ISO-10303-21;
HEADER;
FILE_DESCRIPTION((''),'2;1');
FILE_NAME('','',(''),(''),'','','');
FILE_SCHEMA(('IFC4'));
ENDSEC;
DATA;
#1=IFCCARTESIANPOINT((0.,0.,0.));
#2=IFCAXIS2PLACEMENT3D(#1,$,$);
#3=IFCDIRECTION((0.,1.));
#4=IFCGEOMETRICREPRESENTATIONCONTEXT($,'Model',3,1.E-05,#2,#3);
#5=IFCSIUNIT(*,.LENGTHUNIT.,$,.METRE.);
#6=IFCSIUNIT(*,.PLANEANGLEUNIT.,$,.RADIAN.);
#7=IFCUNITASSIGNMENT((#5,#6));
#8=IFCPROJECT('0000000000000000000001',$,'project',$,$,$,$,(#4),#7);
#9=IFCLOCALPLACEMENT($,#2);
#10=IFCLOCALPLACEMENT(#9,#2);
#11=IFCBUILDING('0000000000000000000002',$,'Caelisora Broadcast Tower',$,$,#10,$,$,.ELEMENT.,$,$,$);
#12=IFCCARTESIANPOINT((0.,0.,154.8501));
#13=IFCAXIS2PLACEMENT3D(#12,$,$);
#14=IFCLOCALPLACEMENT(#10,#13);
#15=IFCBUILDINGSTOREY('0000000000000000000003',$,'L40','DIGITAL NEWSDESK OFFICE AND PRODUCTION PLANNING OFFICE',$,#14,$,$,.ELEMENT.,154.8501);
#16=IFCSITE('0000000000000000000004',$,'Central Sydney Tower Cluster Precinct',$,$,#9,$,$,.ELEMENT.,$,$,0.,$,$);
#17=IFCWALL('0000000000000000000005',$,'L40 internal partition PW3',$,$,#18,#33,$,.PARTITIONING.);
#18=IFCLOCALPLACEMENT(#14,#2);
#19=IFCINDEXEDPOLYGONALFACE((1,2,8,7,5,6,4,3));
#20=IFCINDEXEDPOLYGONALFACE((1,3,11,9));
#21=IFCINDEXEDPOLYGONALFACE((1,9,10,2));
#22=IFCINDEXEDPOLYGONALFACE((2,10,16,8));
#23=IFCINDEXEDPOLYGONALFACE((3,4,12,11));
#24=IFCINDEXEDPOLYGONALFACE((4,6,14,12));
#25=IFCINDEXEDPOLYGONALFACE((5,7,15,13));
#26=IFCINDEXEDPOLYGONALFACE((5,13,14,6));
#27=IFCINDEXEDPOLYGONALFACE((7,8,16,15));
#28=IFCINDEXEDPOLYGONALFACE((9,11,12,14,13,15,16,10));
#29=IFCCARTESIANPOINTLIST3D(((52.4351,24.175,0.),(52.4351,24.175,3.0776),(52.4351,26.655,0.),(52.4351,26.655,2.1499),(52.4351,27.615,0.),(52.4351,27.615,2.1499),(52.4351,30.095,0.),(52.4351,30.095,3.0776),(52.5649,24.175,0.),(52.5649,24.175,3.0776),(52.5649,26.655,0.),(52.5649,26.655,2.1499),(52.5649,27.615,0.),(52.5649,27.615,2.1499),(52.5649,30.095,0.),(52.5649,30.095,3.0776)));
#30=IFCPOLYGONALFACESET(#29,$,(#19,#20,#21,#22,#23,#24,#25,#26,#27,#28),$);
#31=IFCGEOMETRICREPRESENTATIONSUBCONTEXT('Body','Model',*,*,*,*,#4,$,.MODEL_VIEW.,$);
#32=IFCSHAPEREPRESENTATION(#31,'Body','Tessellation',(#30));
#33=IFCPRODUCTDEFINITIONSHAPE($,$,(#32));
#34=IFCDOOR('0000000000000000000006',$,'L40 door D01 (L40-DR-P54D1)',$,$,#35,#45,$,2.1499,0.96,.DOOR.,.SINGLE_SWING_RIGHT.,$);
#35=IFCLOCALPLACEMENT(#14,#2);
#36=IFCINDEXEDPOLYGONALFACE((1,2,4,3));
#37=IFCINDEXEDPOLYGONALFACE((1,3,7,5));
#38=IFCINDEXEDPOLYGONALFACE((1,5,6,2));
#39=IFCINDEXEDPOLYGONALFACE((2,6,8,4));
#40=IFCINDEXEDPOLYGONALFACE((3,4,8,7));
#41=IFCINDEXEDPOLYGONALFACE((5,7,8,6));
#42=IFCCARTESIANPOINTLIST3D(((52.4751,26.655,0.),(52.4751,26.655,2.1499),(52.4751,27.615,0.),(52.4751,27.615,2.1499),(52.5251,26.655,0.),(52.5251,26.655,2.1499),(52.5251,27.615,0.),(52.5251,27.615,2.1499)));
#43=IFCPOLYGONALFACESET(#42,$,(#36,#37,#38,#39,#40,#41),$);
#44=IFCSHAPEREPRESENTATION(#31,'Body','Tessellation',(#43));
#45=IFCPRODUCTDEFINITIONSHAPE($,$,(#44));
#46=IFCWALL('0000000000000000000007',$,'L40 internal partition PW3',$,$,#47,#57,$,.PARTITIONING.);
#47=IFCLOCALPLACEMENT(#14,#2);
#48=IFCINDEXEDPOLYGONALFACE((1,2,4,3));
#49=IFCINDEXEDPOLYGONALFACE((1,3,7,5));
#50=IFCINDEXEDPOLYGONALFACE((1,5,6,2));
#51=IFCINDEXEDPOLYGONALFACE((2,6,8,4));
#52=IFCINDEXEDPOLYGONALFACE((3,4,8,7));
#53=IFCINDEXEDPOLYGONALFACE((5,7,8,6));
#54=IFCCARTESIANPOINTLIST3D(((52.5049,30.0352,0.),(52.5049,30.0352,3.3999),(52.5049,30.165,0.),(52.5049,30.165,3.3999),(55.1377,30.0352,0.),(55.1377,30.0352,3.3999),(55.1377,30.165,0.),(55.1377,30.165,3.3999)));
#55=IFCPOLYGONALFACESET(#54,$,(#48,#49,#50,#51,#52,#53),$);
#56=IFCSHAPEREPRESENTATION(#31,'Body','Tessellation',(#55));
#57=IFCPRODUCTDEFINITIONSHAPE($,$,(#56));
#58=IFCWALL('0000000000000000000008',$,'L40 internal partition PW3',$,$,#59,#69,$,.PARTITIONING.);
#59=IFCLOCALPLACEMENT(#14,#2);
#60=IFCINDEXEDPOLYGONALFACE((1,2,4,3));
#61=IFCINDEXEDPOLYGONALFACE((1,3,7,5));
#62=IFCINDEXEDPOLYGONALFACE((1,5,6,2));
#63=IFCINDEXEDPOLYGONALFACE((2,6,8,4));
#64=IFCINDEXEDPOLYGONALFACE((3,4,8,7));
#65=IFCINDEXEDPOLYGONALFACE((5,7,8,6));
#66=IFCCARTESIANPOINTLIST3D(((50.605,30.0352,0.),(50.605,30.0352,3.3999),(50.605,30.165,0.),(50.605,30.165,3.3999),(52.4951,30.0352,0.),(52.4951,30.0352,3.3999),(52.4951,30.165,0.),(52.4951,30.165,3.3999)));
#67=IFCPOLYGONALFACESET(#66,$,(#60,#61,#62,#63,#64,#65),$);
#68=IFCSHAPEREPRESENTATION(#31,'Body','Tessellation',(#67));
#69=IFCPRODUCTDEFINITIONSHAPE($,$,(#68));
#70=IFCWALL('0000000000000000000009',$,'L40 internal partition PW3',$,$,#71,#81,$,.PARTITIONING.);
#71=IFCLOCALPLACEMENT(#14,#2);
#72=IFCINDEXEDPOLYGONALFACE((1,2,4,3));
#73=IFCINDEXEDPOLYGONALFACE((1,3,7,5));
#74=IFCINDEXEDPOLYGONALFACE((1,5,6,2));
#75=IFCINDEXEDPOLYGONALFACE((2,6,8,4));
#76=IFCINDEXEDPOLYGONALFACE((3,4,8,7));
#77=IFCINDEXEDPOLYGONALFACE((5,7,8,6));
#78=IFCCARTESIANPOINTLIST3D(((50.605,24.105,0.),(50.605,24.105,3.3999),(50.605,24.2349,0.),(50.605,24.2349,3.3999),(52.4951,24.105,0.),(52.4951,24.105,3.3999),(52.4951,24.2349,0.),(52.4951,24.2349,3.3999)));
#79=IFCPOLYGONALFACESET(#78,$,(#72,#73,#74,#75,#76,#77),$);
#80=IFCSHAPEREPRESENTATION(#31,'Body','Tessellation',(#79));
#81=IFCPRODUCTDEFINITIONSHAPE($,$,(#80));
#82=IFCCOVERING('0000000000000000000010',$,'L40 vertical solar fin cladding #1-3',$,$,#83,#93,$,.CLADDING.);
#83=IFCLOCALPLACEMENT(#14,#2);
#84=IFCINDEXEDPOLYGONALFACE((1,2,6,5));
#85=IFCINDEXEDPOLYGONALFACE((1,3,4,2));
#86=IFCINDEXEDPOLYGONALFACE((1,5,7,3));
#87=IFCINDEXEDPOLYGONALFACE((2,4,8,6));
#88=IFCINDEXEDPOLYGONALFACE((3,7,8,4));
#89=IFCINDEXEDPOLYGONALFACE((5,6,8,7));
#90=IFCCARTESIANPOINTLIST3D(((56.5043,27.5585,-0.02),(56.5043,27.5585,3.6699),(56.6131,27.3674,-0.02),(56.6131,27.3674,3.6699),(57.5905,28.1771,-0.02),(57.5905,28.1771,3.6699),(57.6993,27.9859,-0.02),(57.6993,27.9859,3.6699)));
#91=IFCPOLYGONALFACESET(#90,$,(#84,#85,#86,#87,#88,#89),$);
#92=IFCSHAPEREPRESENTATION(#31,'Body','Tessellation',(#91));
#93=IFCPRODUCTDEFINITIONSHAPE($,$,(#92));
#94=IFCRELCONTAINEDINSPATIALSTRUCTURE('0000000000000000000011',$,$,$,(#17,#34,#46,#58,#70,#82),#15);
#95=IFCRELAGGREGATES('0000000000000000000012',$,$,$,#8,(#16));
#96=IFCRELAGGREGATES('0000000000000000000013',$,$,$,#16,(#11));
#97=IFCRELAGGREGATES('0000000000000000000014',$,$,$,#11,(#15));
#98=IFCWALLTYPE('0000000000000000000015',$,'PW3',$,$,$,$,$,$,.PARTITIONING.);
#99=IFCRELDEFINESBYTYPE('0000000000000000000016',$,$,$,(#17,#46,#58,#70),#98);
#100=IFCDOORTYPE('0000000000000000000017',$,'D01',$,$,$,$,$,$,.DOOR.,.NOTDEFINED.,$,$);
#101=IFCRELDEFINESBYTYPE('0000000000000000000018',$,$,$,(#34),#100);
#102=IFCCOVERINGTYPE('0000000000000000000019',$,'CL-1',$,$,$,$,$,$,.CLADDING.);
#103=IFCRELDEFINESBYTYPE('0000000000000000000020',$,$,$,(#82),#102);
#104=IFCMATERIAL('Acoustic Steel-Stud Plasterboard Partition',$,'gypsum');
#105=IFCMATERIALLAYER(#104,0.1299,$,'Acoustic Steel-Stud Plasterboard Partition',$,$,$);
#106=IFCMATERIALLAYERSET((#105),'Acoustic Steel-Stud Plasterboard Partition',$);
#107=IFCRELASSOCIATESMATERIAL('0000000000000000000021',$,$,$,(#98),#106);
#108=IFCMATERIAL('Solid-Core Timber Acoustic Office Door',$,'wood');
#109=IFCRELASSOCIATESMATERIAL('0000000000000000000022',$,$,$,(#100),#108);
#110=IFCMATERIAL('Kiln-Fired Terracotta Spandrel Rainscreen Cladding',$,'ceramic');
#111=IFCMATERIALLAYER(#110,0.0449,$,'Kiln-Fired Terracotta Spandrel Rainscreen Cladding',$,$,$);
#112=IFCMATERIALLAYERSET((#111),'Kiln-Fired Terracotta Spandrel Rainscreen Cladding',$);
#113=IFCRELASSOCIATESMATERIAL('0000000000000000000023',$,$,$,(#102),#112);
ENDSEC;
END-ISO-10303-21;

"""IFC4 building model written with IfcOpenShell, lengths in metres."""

from ifc_helpers import new_model, si_unit, direction, frame, frame_2d, origin, origin_2d, place, context, subcontext, project, spatial, rectangle, extrude, source, transform, mapped, material, layer, layer_set, type_object, type_shapes, element, fill, save


model = new_model("IFC4")

# Units and contexts
model_context = context("Model", 3, precision=1e-05, world=origin(), true_north=direction((0.0, 1.0)))
body_context = subcontext(model_context, "Body", "Model", "MODEL_VIEW")
ifc_project = project(units=[si_unit("LENGTHUNIT", "METRE"), si_unit("PLANEANGLEUNIT", "RADIAN")], contexts=[model_context])

# Site, building, storey
site_placement = place(None, origin())
site = spatial("IfcSite", under=ifc_project, at=site_placement, Name="Central Sydney Tower Cluster Precinct", CompositionType="ELEMENT", RefElevation=0.0)
building_placement = place(site_placement, origin())
building = spatial("IfcBuilding", under=site, at=building_placement, Name="Caelisora Broadcast Tower", CompositionType="ELEMENT")
storey_placement = place(building_placement, frame((0.0, 0.0, 154.8501)))
storey = spatial("IfcBuildingStorey", under=building, at=storey_placement, Name="L40", Description="DIGITAL NEWSDESK OFFICE AND PRODUCTION PLANNING OFFICE", CompositionType="ELEMENT", Elevation=154.8501)

# Shared definitions
ifc_material_1 = material(Name="Acoustic Steel-Stud Plasterboard Partition", Category="gypsum")
ifc_layer_1 = layer(ifc_material_1, 0.1299, Name="Acoustic Steel-Stud Plasterboard Partition")
ifc_layer_set_1 = layer_set([ifc_layer_1], Name="Acoustic Steel-Stud Plasterboard Partition")
wall_type = type_object("IfcWallType", Name="PW3", PredefinedType="PARTITIONING", material=ifc_layer_set_1)

# Wall, opening, door
ifc_material_2 = material(Name="Solid-Core Timber Acoustic Office Door", Category="wood")
door_type = type_object("IfcDoorType", Name="D01", OperationType="NOTDEFINED", PredefinedType="DOOR", material=ifc_material_2)
wall_1_placement = place(storey_placement, frame((52.5, 24.175, 0.0), z_axis=(0.0, 0.0, 1.0), x_axis=(0.0, 1.0, 0.0)))
wall_1 = element("IfcWall", 1, at=wall_1_placement, inside=storey, type_object=wall_type, Name="L40 internal partition PW3", PredefinedType="PARTITIONING", context=body_context, shape_type="SweptSolid", body=[
    extrude(rectangle(XDim=5.9199, YDim=0.1299, at=frame_2d((2.96, 0.0))), origin(), (0.0, 0.0, 1.0), 3.0776),
])
opening_1_placement = place(wall_1_placement, frame((2.48, 0.0, 0.0)))
opening_1 = element("IfcOpeningElement", 2, at=opening_1_placement, cuts=wall_1, PredefinedType="OPENING", context=body_context, shape_type="SweptSolid", body=[
    extrude(rectangle(XDim=0.96, YDim=2.1499, at=frame_2d((0.48, 1.075))), frame((0.0, 0.0769, 0.0), z_axis=(0.0, -1.0, 0.0), x_axis=(1.0, 0.0, 0.0)), (0.0, 0.0, 1.0), 0.1538),
])
door_1_placement = place(opening_1_placement, origin())
door_1 = element("IfcDoor", 3, at=door_1_placement, inside=storey, type_object=door_type, Name="L40 door D01 (L40-DR-P54D1)", OperationType="SINGLE_SWING_RIGHT", OverallHeight=2.1499, OverallWidth=0.96, PredefinedType="DOOR", context=body_context, shape_type="SweptSolid", body=[
    extrude(rectangle(XDim=0.96, YDim=2.1499, at=frame_2d((0.48, 1.075))), frame((0.0, 0.0249, 0.0), z_axis=(0.0, -1.0, 0.0), x_axis=(1.0, 0.0, 0.0)), (0.0, 0.0, 1.0), 0.05),
])
fill(opening_1, door_1)

# Walls
wall_2_placement = place(storey_placement, frame((52.5049, 30.1001, 0.0), z_axis=(0.0, 0.0, 1.0), x_axis=(1.0, 0.0, 0.0)))
element("IfcWall", 4, at=wall_2_placement, inside=storey, type_object=wall_type, Name="L40 internal partition PW3", PredefinedType="PARTITIONING", context=body_context, shape_type="SweptSolid", body=[
    extrude(rectangle(XDim=2.6328, YDim=0.1299, at=frame_2d((1.3164, 0.0))), origin(), (0.0, 0.0, 1.0), 3.3999),
])
for number, where, z_axis, x_axis, name in (
    (5, (50.605, 30.1001, 0.0), (0.0, 0.0, 1.0), (1.0, 0.0, 0.0), "L40 internal partition PW3"),
    (6, (50.605, 24.1699, 0.0), (0.0, 0.0, 1.0), (1.0, 0.0, 0.0), "L40 internal partition PW3"),
):
    element("IfcWall", number, at=place(storey_placement, frame(where, z_axis=z_axis, x_axis=x_axis)), inside=storey, type_object=wall_type, Name=name, PredefinedType="PARTITIONING", context=body_context, shape_type="SweptSolid", body=[
        extrude(rectangle(XDim=1.8901, YDim=0.1299, at=frame_2d((0.9451, 0.0))), origin(), (0.0, 0.0, 1.0), 3.3999),
    ])

# Covering
ifc_material_3 = material(Name="Kiln-Fired Terracotta Spandrel Rainscreen Cladding", Category="ceramic")
ifc_layer_2 = layer(ifc_material_3, 0.0449, Name="Kiln-Fired Terracotta Spandrel Rainscreen Cladding")
ifc_layer_set_2 = layer_set([ifc_layer_2], Name="Kiln-Fired Terracotta Spandrel Rainscreen Cladding")
covering_type = type_object("IfcCoveringType", Name="CL-1", PredefinedType="CLADDING", material=ifc_layer_set_2)
shared_shape_1 = source(origin(), body_context, "Body", "SweptSolid", [
    extrude(rectangle(XDim=0.22, YDim=1.25, at=origin_2d()), origin(), (0.0, 0.0, 1.0), 3.6899),
])
type_shapes(covering_type, [shared_shape_1])
covering_placement = place(storey_placement, frame((57.1018, 27.7722, -0.02), z_axis=(0.0, 0.0, 1.0), x_axis=(0.494852, -0.868977, 0.0)))
element("IfcCovering", 7, at=covering_placement, inside=storey, type_object=covering_type, Name="L40 vertical solar fin cladding #1-3", PredefinedType="CLADDING", context=body_context, shape_type="MappedRepresentation", body=[
    mapped(shared_shape_1, transform((0.0, 0.0, 0.0), scale=1.0)),
])

save(model, "model.ifc")
